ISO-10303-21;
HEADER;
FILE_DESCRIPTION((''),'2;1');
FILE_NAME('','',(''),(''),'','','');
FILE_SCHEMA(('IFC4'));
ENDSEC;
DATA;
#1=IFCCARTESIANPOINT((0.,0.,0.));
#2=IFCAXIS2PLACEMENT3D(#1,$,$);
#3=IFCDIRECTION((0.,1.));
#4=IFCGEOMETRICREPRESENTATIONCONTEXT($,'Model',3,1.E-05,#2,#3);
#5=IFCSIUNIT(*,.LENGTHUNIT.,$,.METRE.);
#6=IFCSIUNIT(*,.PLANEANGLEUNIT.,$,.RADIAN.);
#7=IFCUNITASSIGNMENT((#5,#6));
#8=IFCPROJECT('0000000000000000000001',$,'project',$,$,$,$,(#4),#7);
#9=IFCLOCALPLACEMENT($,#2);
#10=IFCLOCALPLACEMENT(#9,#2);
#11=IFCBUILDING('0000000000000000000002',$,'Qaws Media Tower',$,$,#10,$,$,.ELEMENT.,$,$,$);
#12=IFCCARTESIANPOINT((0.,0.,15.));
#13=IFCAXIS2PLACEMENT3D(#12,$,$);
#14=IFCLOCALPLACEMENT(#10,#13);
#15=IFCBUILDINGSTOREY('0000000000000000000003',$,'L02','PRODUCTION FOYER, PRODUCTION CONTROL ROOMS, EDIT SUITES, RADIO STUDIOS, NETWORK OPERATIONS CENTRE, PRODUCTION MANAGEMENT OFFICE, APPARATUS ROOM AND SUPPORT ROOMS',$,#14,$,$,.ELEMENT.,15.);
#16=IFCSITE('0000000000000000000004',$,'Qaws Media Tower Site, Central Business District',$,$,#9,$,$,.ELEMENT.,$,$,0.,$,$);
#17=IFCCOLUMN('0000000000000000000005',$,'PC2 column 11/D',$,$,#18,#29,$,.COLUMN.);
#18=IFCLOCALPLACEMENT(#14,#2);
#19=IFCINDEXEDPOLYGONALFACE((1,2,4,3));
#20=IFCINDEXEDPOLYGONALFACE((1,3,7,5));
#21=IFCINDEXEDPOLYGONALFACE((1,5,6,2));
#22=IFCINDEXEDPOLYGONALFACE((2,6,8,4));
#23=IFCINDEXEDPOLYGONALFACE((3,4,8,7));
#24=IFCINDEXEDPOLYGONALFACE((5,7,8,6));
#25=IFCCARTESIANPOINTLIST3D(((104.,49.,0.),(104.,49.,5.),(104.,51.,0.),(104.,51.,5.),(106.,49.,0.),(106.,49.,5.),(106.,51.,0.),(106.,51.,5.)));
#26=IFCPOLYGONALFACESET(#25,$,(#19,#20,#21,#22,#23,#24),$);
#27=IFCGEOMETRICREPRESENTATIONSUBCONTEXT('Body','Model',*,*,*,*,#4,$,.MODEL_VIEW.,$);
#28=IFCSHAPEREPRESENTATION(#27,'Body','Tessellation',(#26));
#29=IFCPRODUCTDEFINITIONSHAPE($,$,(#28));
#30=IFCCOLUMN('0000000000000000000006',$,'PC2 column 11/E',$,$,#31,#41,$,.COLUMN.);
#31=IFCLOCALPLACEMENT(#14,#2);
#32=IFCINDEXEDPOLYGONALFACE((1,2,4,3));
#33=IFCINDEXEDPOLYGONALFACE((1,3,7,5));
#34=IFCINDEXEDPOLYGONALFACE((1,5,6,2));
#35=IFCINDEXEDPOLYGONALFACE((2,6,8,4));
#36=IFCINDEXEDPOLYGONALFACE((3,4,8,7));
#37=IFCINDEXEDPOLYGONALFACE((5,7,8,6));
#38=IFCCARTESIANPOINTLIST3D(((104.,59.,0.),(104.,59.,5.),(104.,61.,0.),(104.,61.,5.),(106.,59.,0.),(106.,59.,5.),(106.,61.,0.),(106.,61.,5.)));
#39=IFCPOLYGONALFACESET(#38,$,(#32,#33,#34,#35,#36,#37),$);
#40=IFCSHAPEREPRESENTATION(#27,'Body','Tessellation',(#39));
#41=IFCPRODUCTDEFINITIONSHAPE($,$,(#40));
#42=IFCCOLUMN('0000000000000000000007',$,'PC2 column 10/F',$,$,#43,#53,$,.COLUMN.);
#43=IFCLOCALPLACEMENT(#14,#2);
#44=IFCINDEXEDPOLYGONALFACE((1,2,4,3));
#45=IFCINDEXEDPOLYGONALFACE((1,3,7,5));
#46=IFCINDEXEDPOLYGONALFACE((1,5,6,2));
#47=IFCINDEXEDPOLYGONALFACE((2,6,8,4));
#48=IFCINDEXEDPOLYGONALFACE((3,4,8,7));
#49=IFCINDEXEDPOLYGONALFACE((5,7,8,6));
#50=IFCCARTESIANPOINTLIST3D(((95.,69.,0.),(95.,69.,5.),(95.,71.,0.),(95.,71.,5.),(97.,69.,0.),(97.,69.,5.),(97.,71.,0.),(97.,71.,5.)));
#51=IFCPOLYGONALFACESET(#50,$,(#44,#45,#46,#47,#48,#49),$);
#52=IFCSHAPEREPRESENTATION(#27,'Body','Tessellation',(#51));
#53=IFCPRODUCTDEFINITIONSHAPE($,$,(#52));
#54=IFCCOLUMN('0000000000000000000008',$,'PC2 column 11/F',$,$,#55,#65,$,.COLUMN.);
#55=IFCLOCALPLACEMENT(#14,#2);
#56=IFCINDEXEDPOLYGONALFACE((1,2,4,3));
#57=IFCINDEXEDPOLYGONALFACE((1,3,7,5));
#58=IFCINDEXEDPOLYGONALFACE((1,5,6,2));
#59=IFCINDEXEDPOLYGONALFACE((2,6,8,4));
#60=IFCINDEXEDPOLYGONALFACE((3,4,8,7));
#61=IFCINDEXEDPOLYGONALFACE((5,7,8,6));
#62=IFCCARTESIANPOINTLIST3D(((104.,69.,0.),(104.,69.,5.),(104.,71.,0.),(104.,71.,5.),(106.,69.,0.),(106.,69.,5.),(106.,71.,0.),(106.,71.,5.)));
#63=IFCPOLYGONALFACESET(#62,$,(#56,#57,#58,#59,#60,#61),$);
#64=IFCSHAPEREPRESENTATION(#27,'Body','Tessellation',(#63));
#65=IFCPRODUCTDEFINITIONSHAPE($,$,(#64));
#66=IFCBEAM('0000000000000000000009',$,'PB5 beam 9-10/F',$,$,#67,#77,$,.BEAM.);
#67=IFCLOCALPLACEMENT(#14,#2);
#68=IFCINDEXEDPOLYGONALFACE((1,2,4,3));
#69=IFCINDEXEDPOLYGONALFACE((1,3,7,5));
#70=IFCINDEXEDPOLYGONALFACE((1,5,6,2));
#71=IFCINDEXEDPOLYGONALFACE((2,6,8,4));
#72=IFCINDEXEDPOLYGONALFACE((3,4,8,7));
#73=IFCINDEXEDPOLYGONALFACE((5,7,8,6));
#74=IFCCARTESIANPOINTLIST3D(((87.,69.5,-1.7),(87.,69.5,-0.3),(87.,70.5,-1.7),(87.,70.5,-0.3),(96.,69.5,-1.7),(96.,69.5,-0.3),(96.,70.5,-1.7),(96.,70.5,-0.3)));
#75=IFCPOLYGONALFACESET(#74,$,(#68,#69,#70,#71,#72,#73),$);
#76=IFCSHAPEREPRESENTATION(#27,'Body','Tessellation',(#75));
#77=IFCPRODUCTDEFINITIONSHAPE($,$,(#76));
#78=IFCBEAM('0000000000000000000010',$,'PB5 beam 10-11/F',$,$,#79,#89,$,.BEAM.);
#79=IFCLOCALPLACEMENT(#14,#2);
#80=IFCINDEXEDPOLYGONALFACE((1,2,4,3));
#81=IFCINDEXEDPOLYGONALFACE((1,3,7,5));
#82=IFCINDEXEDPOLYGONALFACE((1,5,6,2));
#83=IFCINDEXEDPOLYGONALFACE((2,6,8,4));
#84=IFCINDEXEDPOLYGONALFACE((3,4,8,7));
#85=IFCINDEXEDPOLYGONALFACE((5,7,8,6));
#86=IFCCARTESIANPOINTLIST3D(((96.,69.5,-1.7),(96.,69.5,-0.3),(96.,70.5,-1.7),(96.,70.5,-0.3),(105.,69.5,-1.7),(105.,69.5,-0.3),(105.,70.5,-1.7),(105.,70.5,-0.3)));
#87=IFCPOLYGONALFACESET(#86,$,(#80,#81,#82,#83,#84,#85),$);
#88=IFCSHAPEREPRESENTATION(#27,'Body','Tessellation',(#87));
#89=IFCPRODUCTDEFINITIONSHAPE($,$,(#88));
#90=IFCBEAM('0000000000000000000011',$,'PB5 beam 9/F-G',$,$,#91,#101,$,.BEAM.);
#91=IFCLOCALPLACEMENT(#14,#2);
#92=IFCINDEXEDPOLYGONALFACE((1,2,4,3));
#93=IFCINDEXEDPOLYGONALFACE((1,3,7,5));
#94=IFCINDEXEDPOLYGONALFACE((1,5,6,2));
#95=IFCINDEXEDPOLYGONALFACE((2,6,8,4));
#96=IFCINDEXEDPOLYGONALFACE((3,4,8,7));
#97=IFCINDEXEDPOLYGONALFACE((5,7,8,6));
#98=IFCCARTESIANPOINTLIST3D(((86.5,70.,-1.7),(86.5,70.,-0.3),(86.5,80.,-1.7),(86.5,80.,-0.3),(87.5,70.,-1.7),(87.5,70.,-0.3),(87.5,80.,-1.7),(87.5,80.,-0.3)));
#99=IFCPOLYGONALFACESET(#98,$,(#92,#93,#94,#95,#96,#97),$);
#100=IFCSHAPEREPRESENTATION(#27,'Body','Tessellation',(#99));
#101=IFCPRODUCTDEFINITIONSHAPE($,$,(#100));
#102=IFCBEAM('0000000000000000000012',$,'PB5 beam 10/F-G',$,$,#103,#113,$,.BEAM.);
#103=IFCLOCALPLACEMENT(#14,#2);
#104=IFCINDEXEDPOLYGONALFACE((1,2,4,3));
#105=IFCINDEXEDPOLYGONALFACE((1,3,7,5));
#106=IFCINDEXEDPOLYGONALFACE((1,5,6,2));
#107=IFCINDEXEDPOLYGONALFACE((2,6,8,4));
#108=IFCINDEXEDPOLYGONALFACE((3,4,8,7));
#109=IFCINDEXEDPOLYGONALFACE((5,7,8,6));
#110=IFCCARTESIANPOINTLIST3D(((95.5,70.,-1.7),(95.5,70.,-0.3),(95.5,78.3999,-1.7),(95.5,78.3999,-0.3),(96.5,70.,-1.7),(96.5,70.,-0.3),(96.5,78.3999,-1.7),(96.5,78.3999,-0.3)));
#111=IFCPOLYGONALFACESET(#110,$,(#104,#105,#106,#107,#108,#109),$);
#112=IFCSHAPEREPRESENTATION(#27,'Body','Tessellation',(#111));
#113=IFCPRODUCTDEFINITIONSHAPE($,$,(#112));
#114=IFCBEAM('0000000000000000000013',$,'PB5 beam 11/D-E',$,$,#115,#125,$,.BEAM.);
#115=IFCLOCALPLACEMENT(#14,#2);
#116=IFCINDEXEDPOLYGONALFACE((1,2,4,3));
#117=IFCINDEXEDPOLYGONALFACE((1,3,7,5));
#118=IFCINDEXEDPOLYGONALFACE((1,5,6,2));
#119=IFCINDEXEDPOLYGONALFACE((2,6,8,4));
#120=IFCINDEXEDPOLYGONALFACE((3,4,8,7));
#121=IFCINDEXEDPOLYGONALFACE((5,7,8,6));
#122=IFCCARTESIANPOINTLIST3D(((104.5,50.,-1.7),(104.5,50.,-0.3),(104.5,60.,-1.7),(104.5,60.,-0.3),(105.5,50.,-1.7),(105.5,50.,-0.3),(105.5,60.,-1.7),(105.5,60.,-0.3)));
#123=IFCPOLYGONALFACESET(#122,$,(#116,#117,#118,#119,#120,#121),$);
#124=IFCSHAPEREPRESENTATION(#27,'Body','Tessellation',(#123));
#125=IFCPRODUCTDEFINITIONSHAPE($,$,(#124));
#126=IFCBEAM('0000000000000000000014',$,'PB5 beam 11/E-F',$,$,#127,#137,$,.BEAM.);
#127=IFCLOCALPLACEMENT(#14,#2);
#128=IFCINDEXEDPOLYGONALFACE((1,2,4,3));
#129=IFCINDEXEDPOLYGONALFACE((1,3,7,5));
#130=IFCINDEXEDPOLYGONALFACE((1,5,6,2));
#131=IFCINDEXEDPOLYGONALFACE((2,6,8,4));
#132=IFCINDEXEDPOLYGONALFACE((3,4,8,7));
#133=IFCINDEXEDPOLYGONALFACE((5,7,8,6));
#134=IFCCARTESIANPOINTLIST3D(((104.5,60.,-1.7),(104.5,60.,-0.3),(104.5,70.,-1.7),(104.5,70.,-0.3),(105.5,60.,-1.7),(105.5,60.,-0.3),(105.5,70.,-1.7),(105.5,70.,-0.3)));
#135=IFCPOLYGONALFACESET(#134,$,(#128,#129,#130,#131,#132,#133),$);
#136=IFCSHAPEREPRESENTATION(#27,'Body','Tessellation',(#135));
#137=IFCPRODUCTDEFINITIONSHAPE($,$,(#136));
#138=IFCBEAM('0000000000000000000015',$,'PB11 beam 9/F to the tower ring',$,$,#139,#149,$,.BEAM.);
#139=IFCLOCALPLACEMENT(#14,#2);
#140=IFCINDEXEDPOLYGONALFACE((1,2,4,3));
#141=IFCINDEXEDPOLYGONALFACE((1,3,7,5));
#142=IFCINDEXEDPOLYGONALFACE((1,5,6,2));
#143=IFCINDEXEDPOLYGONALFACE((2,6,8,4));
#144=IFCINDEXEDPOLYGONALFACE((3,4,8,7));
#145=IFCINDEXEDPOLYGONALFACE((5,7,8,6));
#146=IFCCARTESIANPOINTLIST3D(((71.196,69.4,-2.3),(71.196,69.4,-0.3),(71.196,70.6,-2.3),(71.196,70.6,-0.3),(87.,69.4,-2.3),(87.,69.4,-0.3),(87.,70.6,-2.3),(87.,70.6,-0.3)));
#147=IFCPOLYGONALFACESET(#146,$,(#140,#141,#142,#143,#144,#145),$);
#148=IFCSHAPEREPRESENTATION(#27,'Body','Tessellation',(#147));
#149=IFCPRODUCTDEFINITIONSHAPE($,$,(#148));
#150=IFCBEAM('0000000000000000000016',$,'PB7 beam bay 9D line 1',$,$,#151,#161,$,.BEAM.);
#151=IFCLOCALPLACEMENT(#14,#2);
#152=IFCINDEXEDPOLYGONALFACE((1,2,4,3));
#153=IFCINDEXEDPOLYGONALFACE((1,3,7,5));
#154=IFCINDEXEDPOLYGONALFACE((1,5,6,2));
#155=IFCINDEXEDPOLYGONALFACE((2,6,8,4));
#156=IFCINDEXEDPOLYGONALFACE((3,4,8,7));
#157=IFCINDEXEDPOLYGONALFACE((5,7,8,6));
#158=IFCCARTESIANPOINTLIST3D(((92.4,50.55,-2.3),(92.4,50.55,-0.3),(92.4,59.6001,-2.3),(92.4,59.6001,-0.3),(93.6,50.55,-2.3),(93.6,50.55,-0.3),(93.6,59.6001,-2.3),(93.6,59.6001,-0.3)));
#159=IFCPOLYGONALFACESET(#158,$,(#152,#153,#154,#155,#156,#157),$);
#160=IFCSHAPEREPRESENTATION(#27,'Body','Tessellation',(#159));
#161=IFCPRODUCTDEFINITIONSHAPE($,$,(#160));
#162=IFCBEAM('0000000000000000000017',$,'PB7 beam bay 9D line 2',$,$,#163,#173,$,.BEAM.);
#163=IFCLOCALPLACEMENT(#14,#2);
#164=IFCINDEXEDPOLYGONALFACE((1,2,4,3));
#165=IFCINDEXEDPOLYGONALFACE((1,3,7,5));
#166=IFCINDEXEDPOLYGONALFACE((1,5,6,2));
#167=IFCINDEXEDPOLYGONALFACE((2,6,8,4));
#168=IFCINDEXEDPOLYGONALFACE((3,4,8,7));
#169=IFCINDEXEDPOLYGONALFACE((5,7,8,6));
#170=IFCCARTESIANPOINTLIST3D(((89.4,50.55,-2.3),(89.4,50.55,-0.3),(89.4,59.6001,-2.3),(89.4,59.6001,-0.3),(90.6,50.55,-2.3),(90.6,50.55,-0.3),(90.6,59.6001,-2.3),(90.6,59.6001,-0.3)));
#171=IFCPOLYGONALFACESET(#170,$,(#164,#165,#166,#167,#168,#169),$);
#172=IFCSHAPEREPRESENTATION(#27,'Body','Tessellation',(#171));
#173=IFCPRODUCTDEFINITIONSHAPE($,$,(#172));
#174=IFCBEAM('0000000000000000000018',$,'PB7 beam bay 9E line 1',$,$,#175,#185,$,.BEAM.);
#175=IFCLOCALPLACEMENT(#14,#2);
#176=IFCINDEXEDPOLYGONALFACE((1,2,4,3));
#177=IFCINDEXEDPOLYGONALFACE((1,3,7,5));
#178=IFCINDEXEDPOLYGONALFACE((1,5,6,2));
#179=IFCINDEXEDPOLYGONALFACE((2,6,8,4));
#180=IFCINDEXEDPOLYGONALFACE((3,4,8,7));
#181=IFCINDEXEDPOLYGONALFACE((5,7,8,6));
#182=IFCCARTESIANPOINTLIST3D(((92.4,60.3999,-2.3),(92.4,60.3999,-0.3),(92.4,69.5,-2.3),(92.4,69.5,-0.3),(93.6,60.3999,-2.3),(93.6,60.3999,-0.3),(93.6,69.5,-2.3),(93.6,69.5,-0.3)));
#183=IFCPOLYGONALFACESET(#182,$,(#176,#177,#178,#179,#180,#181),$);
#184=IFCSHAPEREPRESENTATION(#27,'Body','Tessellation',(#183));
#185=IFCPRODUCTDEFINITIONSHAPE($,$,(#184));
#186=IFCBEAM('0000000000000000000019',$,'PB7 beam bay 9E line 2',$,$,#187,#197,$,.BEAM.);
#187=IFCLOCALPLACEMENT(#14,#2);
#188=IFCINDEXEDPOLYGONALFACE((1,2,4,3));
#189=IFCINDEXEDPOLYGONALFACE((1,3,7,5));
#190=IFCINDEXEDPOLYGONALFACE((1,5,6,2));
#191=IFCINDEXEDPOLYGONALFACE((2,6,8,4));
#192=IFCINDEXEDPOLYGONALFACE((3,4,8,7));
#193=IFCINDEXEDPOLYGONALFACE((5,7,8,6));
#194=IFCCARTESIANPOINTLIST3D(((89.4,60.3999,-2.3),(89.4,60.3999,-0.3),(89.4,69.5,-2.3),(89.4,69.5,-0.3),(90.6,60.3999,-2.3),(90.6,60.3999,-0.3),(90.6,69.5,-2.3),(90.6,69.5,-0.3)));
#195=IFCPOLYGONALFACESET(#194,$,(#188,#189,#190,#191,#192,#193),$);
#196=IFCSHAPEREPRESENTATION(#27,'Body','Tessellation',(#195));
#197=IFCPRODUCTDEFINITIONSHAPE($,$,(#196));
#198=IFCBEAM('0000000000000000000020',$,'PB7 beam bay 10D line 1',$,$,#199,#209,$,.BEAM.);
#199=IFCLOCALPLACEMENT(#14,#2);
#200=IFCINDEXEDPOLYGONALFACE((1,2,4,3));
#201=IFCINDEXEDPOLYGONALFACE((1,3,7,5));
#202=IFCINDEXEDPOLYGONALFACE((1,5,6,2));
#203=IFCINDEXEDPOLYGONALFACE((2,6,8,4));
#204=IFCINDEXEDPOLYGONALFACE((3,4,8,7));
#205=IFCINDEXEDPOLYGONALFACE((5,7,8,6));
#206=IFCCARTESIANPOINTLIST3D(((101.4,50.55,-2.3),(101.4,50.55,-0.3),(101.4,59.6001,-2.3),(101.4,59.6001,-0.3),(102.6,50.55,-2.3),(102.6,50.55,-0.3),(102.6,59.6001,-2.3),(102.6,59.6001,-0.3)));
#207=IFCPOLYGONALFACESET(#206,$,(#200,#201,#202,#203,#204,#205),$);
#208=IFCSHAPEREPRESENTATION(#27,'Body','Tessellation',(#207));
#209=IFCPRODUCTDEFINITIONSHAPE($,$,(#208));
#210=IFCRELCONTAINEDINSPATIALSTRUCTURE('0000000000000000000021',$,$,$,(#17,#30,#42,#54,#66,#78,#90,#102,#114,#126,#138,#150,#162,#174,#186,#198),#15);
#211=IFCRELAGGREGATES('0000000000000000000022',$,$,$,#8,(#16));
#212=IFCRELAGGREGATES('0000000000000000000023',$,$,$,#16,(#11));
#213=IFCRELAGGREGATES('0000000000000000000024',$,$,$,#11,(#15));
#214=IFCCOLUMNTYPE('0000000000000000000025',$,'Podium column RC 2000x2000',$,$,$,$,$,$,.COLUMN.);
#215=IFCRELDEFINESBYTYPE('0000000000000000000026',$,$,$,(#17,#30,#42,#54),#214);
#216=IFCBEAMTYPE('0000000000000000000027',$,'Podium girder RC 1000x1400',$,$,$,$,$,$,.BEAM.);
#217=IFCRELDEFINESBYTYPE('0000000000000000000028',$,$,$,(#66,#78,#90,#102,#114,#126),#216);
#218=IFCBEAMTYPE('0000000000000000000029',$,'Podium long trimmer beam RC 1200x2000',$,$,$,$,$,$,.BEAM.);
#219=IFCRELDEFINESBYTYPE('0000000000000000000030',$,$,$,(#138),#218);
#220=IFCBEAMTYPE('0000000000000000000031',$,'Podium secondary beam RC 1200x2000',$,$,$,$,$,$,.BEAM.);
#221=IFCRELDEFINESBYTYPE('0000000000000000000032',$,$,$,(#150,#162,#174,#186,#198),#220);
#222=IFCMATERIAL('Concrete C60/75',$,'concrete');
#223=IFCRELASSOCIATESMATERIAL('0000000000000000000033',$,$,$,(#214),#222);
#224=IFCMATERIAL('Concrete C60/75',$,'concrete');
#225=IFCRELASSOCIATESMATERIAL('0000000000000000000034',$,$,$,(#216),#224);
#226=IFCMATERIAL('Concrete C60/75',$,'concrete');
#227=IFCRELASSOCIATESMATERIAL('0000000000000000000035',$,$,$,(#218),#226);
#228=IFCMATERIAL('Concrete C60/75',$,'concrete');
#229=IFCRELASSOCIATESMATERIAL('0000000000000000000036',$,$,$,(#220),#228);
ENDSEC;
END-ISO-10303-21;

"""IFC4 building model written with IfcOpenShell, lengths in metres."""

from ifc_helpers import new_model, si_unit, direction, frame, origin, origin_2d, place, context, subcontext, project, spatial, rectangle, extrude, material, material_profile, profile_set, type_object, element, save


model = new_model("IFC4")

# Units and contexts
model_context = context("Model", 3, precision=1e-05, world=origin(), true_north=direction((0.0, 1.0)))
body_context = subcontext(model_context, "Body", "Model", "MODEL_VIEW")
ifc_project = project(units=[si_unit("LENGTHUNIT", "METRE"), si_unit("PLANEANGLEUNIT", "RADIAN")], contexts=[model_context])

# Site, building, storey
site_placement = place(None, origin())
site = spatial("IfcSite", under=ifc_project, at=site_placement, Name="Qaws Media Tower Site, Central Business District", CompositionType="ELEMENT", RefElevation=0.0)
building_placement = place(site_placement, origin())
building = spatial("IfcBuilding", under=site, at=building_placement, Name="Qaws Media Tower", CompositionType="ELEMENT")
storey_placement = place(building_placement, frame((0.0, 0.0, 15.0)))
storey = spatial("IfcBuildingStorey", under=building, at=storey_placement, Name="L02", Description="PRODUCTION FOYER, PRODUCTION CONTROL ROOMS, EDIT SUITES, RADIO STUDIOS, NETWORK OPERATIONS CENTRE, PRODUCTION MANAGEMENT OFFICE, APPARATUS ROOM AND SUPPORT ROOMS", CompositionType="ELEMENT", Elevation=15.0)

# Columns
ifc_material_1 = material(Name="Concrete C60/75", Category="concrete")
ifc_material_profile_1 = material_profile(ifc_material_1, rectangle(XDim=2.0, YDim=2.0, at=origin_2d()), Name="RC 2000x2000")
ifc_profile_set_1 = profile_set([ifc_material_profile_1], Name="Concrete C60/75")
column_type = type_object("IfcColumnType", Name="Podium column RC 2000x2000", PredefinedType="COLUMN", material=ifc_profile_set_1)
for number, where, z_axis, x_axis, name in (
    (1, (105.0, 50.0, 0.0), (0.0, 0.0, 1.0), (1.0, 0.0, 0.0), "PC2 column 11/D"),
    (2, (105.0, 60.0, 0.0), (0.0, 0.0, 1.0), (1.0, 0.0, 0.0), "PC2 column 11/E"),
    (3, (96.0, 70.0, 0.0), (0.0, 0.0, 1.0), (1.0, 0.0, 0.0), "PC2 column 10/F"),
    (4, (105.0, 70.0, 0.0), (0.0, 0.0, 1.0), (1.0, 0.0, 0.0), "PC2 column 11/F"),
):
    element("IfcColumn", number, at=place(storey_placement, frame(where, z_axis=z_axis, x_axis=x_axis)), inside=storey, type_object=column_type, Name=name, PredefinedType="COLUMN", context=body_context, shape_type="SweptSolid", body=[
        extrude(rectangle(XDim=2.0, YDim=2.0, at=origin_2d()), origin(), (0.0, 0.0, 1.0), 5.0),
    ])

# Beams
ifc_material_2 = material(Name="Concrete C60/75", Category="concrete")
ifc_material_profile_2 = material_profile(ifc_material_2, rectangle(XDim=1.0, YDim=1.3999, at=origin_2d()), Name="RC 1000x1400")
ifc_profile_set_2 = profile_set([ifc_material_profile_2], Name="Concrete C60/75")
beam_type_1 = type_object("IfcBeamType", Name="Podium girder RC 1000x1400", PredefinedType="BEAM", material=ifc_profile_set_2)
for number, where, z_axis, x_axis, name in (
    (5, (87.0, 70.0, -1.0), (1.0, 0.0, 0.0), (0.0, 1.0, 0.0), "PB5 beam 9-10/F"),
    (6, (96.0, 70.0, -1.0), (1.0, 0.0, 0.0), (0.0, 1.0, 0.0), "PB5 beam 10-11/F"),
):
    element("IfcBeam", number, at=place(storey_placement, frame(where, z_axis=z_axis, x_axis=x_axis)), inside=storey, type_object=beam_type_1, Name=name, PredefinedType="BEAM", context=body_context, shape_type="SweptSolid", body=[
        extrude(rectangle(XDim=1.0, YDim=1.3999, at=origin_2d()), origin(), (0.0, 0.0, 1.0), 9.0),
    ])
beam_1_placement = place(storey_placement, frame((87.0, 70.0, -1.0), z_axis=(0.0, 1.0, 0.0), x_axis=(-1.0, 0.0, 0.0)))
element("IfcBeam", 7, at=beam_1_placement, inside=storey, type_object=beam_type_1, Name="PB5 beam 9/F-G", PredefinedType="BEAM", context=body_context, shape_type="SweptSolid", body=[
    extrude(rectangle(XDim=1.0, YDim=1.3999, at=origin_2d()), origin(), (0.0, 0.0, 1.0), 10.0),
])
beam_2_placement = place(storey_placement, frame((96.0, 70.0, -1.0), z_axis=(0.0, 1.0, 0.0), x_axis=(-1.0, 0.0, 0.0)))
element("IfcBeam", 8, at=beam_2_placement, inside=storey, type_object=beam_type_1, Name="PB5 beam 10/F-G", PredefinedType="BEAM", context=body_context, shape_type="SweptSolid", body=[
    extrude(rectangle(XDim=1.0, YDim=1.3999, at=origin_2d()), origin(), (0.0, 0.0, 1.0), 8.3999),
])
for number, where, z_axis, x_axis, name in (
    (9, (105.0, 50.0, -1.0), (0.0, 1.0, 0.0), (-1.0, 0.0, 0.0), "PB5 beam 11/D-E"),
    (10, (105.0, 60.0, -1.0), (0.0, 1.0, 0.0), (-1.0, 0.0, 0.0), "PB5 beam 11/E-F"),
):
    element("IfcBeam", number, at=place(storey_placement, frame(where, z_axis=z_axis, x_axis=x_axis)), inside=storey, type_object=beam_type_1, Name=name, PredefinedType="BEAM", context=body_context, shape_type="SweptSolid", body=[
        extrude(rectangle(XDim=1.0, YDim=1.3999, at=origin_2d()), origin(), (0.0, 0.0, 1.0), 10.0),
    ])
ifc_material_3 = material(Name="Concrete C60/75", Category="concrete")
ifc_material_profile_3 = material_profile(ifc_material_3, rectangle(XDim=1.2, YDim=2.0, at=origin_2d()), Name="RC 1200x2000")
ifc_profile_set_3 = profile_set([ifc_material_profile_3], Name="Concrete C60/75")
beam_type_2 = type_object("IfcBeamType", Name="Podium long trimmer beam RC 1200x2000", PredefinedType="BEAM", material=ifc_profile_set_3)
beam_3_placement = place(storey_placement, frame((87.0, 70.0, -1.3), z_axis=(-1.0, 0.0, 0.0), x_axis=(0.0, -1.0, 0.0)))
element("IfcBeam", 11, at=beam_3_placement, inside=storey, type_object=beam_type_2, Name="PB11 beam 9/F to the tower ring", PredefinedType="BEAM", context=body_context, shape_type="SweptSolid", body=[
    extrude(rectangle(XDim=1.2, YDim=2.0, at=origin_2d()), origin(), (0.0, 0.0, 1.0), 15.804),
])
ifc_material_4 = material(Name="Concrete C60/75", Category="concrete")
ifc_material_profile_4 = material_profile(ifc_material_4, rectangle(XDim=1.2, YDim=2.0, at=origin_2d()), Name="RC 1200x2000")
ifc_profile_set_4 = profile_set([ifc_material_profile_4], Name="Concrete C60/75")
beam_type_3 = type_object("IfcBeamType", Name="Podium secondary beam RC 1200x2000", PredefinedType="BEAM", material=ifc_profile_set_4)
for number, where, z_axis, x_axis, name in (
    (12, (93.0, 50.55, -1.3), (0.0, 1.0, 0.0), (-1.0, 0.0, 0.0), "PB7 beam bay 9D line 1"),
    (13, (90.0, 50.55, -1.3), (0.0, 1.0, 0.0), (-1.0, 0.0, 0.0), "PB7 beam bay 9D line 2"),
):
    element("IfcBeam", number, at=place(storey_placement, frame(where, z_axis=z_axis, x_axis=x_axis)), inside=storey, type_object=beam_type_3, Name=name, PredefinedType="BEAM", context=body_context, shape_type="SweptSolid", body=[
        extrude(rectangle(XDim=1.2, YDim=2.0, at=origin_2d()), origin(), (0.0, 0.0, 1.0), 9.05),
    ])
for number, where, z_axis, x_axis, name in (
    (14, (93.0, 60.3999, -1.3), (0.0, 1.0, 0.0), (-1.0, 0.0, 0.0), "PB7 beam bay 9E line 1"),
    (15, (90.0, 60.3999, -1.3), (0.0, 1.0, 0.0), (-1.0, 0.0, 0.0), "PB7 beam bay 9E line 2"),
):
    element("IfcBeam", number, at=place(storey_placement, frame(where, z_axis=z_axis, x_axis=x_axis)), inside=storey, type_object=beam_type_3, Name=name, PredefinedType="BEAM", context=body_context, shape_type="SweptSolid", body=[
        extrude(rectangle(XDim=1.2, YDim=2.0, at=origin_2d()), origin(), (0.0, 0.0, 1.0), 9.1001),
    ])
for number, where, z_axis, x_axis, name in (
    (16, (102.0, 50.55, -1.3), (0.0, 1.0, 0.0), (-1.0, 0.0, 0.0), "PB7 beam bay 10D line 1"),
):
    element("IfcBeam", number, at=place(storey_placement, frame(where, z_axis=z_axis, x_axis=x_axis)), inside=storey, type_object=beam_type_3, Name=name, PredefinedType="BEAM", context=body_context, shape_type="SweptSolid", body=[
        extrude(rectangle(XDim=1.2, YDim=2.0, at=origin_2d()), origin(), (0.0, 0.0, 1.0), 9.05),
    ])

save(model, "model.ifc")
